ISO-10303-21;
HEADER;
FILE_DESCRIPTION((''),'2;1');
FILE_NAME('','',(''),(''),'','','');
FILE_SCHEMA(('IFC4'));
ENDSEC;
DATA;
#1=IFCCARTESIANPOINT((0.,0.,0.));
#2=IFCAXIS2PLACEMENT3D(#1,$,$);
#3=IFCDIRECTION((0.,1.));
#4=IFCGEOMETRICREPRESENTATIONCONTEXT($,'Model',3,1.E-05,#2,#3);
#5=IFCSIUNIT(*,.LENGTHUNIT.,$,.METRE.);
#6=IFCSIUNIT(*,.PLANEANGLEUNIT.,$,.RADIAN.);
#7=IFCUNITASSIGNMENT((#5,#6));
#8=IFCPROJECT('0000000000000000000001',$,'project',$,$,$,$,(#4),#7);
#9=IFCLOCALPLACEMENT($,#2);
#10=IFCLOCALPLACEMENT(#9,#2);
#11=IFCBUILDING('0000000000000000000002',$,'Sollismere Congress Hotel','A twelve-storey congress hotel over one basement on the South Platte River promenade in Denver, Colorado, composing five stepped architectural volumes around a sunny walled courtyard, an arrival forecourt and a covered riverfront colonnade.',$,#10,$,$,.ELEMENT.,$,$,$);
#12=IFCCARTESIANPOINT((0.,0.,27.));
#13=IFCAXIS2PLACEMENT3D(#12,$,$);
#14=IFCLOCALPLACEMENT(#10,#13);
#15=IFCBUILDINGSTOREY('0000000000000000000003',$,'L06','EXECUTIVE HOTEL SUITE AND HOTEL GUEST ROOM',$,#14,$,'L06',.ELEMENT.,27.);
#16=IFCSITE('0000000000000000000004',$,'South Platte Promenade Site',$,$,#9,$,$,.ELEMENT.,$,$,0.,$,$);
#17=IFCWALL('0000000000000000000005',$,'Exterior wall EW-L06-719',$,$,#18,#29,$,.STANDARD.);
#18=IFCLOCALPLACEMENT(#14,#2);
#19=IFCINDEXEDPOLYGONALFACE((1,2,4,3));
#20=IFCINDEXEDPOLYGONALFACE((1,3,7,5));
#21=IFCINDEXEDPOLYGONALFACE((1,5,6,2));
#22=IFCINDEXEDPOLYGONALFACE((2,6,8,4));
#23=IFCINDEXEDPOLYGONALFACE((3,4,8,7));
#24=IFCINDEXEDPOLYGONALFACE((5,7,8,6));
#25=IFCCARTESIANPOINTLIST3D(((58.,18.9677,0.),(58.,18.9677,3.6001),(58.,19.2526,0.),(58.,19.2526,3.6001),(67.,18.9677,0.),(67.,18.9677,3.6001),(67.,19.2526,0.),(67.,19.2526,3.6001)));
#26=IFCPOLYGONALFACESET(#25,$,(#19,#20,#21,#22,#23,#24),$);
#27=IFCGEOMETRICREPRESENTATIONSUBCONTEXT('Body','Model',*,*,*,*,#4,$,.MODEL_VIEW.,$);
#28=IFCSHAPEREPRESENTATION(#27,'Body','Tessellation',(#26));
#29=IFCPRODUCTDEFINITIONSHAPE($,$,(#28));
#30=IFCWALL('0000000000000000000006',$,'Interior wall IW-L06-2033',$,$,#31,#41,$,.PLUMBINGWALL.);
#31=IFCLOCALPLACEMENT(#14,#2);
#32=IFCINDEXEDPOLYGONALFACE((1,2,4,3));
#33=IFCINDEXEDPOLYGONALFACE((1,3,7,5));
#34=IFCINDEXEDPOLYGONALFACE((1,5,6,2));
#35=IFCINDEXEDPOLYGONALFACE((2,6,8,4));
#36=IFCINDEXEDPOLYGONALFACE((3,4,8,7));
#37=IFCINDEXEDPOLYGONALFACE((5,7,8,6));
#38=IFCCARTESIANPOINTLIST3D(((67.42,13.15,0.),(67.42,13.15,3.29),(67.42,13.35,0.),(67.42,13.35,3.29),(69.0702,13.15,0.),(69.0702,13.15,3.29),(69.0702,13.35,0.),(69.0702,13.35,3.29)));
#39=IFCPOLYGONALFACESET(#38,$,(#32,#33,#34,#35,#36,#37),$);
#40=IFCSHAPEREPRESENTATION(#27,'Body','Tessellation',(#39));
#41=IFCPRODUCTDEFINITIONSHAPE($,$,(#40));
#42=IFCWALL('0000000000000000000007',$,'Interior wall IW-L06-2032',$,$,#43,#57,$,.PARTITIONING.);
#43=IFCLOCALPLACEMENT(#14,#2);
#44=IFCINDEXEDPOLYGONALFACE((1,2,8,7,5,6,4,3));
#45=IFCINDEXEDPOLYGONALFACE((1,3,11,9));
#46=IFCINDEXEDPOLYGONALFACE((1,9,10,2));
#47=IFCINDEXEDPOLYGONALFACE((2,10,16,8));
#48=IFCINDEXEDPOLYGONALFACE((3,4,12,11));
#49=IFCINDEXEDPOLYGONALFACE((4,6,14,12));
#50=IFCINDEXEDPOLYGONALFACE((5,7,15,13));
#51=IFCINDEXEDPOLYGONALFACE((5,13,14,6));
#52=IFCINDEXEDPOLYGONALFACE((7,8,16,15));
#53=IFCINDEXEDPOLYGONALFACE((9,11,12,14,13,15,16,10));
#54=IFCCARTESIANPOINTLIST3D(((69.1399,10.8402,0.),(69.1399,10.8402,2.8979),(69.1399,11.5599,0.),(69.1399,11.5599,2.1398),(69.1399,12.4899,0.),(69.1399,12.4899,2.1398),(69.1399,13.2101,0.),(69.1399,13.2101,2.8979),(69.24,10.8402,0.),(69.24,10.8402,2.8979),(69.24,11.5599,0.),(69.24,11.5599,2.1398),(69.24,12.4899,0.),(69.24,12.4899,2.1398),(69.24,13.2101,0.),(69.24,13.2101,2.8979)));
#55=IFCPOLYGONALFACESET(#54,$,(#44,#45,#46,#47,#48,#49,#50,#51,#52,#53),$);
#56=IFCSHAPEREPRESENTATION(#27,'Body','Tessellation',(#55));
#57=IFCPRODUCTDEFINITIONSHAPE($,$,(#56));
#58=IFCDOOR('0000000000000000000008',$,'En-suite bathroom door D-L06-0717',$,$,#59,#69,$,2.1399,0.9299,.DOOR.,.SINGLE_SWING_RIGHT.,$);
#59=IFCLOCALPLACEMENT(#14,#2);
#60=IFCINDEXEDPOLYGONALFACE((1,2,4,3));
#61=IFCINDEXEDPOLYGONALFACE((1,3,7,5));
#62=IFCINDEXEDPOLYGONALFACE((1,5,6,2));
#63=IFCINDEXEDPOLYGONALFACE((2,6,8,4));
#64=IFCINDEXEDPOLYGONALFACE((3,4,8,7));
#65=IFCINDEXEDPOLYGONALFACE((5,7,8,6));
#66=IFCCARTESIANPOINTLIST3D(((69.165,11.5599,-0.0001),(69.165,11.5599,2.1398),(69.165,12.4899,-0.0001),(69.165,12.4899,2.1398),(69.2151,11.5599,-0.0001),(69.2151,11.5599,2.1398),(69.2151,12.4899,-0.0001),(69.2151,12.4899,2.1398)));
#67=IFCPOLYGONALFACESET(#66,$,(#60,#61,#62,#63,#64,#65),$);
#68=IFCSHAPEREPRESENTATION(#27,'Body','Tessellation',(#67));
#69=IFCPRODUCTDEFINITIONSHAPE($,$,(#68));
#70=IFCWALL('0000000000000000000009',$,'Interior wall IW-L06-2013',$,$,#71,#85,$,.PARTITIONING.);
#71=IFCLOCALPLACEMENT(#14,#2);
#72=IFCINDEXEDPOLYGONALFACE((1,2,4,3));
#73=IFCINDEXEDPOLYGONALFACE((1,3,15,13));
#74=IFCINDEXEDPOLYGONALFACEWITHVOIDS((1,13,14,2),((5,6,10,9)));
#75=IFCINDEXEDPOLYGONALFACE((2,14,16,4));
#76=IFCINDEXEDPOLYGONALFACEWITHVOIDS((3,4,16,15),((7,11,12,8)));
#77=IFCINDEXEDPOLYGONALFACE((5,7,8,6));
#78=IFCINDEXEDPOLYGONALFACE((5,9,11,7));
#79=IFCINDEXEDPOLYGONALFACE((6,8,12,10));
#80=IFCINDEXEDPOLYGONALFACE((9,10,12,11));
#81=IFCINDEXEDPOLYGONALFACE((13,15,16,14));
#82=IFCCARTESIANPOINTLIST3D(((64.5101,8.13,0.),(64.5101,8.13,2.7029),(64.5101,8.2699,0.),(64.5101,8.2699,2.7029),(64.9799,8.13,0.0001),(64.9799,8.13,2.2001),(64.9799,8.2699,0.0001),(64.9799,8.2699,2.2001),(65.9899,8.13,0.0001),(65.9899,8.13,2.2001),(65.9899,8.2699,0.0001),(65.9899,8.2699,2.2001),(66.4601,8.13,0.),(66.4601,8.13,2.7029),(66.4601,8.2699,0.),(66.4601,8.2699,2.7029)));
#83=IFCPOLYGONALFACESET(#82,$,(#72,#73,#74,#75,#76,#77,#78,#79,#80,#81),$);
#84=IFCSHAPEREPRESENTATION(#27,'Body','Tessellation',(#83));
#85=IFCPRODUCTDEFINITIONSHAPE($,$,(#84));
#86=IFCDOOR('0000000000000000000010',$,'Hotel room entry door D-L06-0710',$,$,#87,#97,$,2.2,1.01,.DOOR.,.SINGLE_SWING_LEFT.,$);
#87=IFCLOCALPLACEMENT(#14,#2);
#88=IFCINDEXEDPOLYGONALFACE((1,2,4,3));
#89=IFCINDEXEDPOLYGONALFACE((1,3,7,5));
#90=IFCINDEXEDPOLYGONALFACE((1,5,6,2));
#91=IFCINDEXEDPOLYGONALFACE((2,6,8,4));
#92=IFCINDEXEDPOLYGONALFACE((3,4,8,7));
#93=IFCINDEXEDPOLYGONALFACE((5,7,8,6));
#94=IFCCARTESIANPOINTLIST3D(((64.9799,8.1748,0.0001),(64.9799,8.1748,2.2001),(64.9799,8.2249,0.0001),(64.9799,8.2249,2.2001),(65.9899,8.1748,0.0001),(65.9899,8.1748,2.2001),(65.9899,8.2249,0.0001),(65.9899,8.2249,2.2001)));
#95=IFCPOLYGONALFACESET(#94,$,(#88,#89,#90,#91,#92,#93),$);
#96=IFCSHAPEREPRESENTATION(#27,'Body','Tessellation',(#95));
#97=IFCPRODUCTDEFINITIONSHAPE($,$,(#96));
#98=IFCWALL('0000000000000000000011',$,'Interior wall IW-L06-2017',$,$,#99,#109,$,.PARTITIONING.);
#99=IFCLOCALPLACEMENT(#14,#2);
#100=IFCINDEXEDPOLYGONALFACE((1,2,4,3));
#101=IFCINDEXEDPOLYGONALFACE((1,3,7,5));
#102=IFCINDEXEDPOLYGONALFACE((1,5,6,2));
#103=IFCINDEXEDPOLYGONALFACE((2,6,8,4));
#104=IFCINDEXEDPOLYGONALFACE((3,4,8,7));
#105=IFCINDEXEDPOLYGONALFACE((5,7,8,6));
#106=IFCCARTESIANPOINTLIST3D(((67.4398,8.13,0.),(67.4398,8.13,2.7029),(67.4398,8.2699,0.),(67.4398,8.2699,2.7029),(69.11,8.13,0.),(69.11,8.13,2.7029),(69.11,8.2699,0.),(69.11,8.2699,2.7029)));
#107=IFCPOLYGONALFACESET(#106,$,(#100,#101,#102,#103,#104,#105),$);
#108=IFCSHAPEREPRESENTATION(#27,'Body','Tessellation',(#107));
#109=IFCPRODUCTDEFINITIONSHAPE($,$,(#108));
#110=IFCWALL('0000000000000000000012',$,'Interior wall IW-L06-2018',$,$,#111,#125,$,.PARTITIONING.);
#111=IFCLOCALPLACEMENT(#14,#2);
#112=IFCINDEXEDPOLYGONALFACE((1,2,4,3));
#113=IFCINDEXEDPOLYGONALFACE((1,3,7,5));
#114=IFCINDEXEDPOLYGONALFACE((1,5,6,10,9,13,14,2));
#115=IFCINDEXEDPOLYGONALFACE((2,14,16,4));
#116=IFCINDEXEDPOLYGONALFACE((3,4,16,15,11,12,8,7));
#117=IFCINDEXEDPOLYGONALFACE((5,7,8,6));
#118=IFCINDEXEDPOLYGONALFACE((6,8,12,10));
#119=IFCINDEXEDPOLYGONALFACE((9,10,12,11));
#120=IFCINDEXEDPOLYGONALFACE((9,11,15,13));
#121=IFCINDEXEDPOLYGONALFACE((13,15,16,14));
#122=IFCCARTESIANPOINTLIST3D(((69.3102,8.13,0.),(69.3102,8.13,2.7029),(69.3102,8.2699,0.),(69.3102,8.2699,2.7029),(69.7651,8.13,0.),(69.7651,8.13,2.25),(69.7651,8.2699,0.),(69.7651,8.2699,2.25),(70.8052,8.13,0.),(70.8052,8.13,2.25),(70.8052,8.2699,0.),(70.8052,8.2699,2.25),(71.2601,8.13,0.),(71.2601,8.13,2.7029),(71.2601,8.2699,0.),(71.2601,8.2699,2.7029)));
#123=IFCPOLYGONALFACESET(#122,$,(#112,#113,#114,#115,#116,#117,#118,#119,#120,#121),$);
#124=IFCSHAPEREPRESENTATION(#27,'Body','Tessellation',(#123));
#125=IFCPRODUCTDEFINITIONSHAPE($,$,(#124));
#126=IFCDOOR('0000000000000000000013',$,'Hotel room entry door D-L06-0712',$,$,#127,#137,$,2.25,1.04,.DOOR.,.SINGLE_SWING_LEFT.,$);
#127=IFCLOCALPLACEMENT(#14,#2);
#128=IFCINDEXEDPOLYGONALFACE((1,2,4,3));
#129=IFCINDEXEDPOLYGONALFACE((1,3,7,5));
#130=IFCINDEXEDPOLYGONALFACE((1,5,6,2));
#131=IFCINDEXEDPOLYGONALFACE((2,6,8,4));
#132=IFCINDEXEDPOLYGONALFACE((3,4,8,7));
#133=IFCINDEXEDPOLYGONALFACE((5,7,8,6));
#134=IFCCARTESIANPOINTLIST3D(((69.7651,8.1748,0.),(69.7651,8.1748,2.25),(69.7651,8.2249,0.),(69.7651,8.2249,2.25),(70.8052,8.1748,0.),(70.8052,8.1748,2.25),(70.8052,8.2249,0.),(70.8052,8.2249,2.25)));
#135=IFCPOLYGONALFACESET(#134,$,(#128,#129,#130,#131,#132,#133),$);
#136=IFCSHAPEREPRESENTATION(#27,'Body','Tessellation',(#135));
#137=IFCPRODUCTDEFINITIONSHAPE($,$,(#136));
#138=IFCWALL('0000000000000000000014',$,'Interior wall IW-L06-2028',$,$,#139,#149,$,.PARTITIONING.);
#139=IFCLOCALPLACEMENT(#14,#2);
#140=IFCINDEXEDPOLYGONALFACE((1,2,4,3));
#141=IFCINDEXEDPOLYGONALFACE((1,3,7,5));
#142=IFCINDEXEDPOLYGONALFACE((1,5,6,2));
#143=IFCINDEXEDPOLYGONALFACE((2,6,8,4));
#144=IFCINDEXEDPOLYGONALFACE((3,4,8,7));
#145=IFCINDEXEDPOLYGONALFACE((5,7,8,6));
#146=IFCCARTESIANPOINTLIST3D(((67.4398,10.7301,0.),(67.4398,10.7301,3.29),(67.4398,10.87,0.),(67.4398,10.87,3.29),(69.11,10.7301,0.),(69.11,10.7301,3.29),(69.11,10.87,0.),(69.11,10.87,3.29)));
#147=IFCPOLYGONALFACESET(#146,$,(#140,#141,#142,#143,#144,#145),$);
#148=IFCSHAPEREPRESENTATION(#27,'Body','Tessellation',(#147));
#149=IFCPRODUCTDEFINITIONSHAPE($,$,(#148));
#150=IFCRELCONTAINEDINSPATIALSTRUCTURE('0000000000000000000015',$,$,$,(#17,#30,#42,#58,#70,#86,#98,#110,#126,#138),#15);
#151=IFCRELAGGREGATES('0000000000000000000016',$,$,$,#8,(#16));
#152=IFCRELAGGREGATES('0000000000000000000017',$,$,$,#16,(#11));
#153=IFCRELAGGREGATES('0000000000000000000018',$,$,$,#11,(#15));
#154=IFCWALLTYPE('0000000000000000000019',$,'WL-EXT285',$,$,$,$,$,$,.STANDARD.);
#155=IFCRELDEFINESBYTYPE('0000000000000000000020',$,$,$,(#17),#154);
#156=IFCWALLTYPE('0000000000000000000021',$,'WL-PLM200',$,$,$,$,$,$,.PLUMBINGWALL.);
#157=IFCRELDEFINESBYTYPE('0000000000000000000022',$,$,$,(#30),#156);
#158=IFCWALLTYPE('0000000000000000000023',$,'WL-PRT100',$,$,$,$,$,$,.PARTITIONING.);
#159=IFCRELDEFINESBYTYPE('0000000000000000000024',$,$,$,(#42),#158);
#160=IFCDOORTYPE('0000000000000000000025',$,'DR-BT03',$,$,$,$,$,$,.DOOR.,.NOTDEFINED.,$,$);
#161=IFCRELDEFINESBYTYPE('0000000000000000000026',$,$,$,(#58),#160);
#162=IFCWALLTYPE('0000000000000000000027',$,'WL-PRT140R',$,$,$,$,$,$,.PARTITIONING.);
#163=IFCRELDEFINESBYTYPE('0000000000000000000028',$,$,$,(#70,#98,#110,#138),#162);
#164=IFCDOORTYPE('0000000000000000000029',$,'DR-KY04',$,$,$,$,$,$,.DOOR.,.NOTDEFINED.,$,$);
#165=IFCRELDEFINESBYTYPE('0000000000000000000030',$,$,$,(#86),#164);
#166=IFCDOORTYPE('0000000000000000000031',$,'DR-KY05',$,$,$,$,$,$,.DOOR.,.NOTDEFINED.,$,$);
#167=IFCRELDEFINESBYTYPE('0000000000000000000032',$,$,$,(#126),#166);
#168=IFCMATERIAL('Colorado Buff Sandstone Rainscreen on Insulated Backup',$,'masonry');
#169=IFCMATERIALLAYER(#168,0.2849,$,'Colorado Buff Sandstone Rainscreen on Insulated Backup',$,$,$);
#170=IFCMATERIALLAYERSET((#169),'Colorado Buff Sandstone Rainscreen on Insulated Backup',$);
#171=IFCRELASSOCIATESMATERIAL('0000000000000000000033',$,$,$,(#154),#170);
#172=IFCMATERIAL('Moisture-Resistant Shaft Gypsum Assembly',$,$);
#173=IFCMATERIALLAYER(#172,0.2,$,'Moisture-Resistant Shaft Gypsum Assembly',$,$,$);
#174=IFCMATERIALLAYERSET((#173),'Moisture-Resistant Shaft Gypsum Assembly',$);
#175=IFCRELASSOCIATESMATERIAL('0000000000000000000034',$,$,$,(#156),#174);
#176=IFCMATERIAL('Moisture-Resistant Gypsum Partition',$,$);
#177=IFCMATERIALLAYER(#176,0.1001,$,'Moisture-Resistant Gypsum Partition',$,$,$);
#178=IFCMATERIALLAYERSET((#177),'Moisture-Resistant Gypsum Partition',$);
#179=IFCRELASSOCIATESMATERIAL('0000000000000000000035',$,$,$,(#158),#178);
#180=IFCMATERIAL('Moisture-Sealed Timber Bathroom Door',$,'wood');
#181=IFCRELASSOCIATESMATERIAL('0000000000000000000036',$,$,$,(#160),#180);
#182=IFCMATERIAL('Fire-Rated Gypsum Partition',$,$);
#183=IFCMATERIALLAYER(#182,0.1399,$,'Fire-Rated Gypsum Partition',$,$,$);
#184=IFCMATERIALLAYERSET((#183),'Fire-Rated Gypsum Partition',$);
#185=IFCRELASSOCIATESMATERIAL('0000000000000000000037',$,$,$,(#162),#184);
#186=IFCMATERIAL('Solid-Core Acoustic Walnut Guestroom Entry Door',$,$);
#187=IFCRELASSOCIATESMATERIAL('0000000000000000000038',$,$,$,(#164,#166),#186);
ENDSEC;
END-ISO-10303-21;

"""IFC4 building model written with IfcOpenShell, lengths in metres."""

from ifc_helpers import new_model, si_unit, direction, frame, frame_2d, origin, place, context, subcontext, project, spatial, rectangle, extrude, material, layer, layer_set, type_object, element, fill, save


model = new_model("IFC4")

# Units and contexts
model_context = context("Model", 3, precision=1e-05, world=origin(), true_north=direction((0.0, 1.0)))
body_context = subcontext(model_context, "Body", "Model", "MODEL_VIEW")
ifc_project = project(units=[si_unit("LENGTHUNIT", "METRE"), si_unit("PLANEANGLEUNIT", "RADIAN")], contexts=[model_context])

# Site, building, storey
site_placement = place(None, origin())
site = spatial("IfcSite", under=ifc_project, at=site_placement, Name="South Platte Promenade Site", CompositionType="ELEMENT", RefElevation=0.0)
building_placement = place(site_placement, origin())
building = spatial("IfcBuilding", under=site, at=building_placement, Name="Sollismere Congress Hotel", Description="A twelve-storey congress hotel over one basement on the South Platte River promenade in Denver, Colorado, composing five stepped architectural volumes around a sunny walled courtyard, an arrival forecourt and a covered riverfront colonnade.", CompositionType="ELEMENT")
storey_placement = place(building_placement, frame((0.0, 0.0, 27.0)))
storey = spatial("IfcBuildingStorey", under=building, at=storey_placement, Name="L06", Description="EXECUTIVE HOTEL SUITE AND HOTEL GUEST ROOM", LongName="L06", CompositionType="ELEMENT", Elevation=27.0)

# Walls
ifc_material_1 = material(Name="Colorado Buff Sandstone Rainscreen on Insulated Backup", Category="masonry")
ifc_layer_1 = layer(ifc_material_1, 0.2849, Name="Colorado Buff Sandstone Rainscreen on Insulated Backup")
ifc_layer_set_1 = layer_set([ifc_layer_1], Name="Colorado Buff Sandstone Rainscreen on Insulated Backup")
wall_type_1 = type_object("IfcWallType", Name="WL-EXT285", PredefinedType="STANDARD", material=ifc_layer_set_1)
wall_1_placement = place(storey_placement, frame((67.0, 19.1101, 0.0), z_axis=(0.0, 0.0, 1.0), x_axis=(-1.0, 0.0, 0.0)))
element("IfcWall", 1, at=wall_1_placement, inside=storey, type_object=wall_type_1, Name="Exterior wall EW-L06-719", PredefinedType="STANDARD", context=body_context, shape_type="SweptSolid", body=[
    extrude(rectangle(XDim=9.0, YDim=0.2849, at=frame_2d((4.5, 0.0))), origin(), (0.0, 0.0, 1.0), 3.6001),
])
ifc_material_2 = material(Name="Moisture-Resistant Shaft Gypsum Assembly")
ifc_layer_2 = layer(ifc_material_2, 0.2, Name="Moisture-Resistant Shaft Gypsum Assembly")
ifc_layer_set_2 = layer_set([ifc_layer_2], Name="Moisture-Resistant Shaft Gypsum Assembly")
wall_type_2 = type_object("IfcWallType", Name="WL-PLM200", PredefinedType="PLUMBINGWALL", material=ifc_layer_set_2)
wall_2_placement = place(storey_placement, frame((67.4199, 13.25, 0.0), z_axis=(0.0, 0.0, 1.0), x_axis=(1.0, 0.0, 0.0)))
element("IfcWall", 2, at=wall_2_placement, inside=storey, type_object=wall_type_2, Name="Interior wall IW-L06-2033", PredefinedType="PLUMBINGWALL", context=body_context, shape_type="SweptSolid", body=[
    extrude(rectangle(XDim=1.6501, YDim=0.2, at=frame_2d((0.8252, 0.0))), origin(), (0.0, 0.0, 1.0), 3.29),
])

# Walls, openings, doors
ifc_material_3 = material(Name="Moisture-Resistant Gypsum Partition")
ifc_layer_3 = layer(ifc_material_3, 0.1001, Name="Moisture-Resistant Gypsum Partition")
ifc_layer_set_3 = layer_set([ifc_layer_3], Name="Moisture-Resistant Gypsum Partition")
wall_type_3 = type_object("IfcWallType", Name="WL-PRT100", PredefinedType="PARTITIONING", material=ifc_layer_set_3)
wall_3_placement = place(storey_placement, frame((69.1899, 10.8401, 0.0), z_axis=(0.0, 0.0, 1.0), x_axis=(0.0, 1.0, 0.0)))
wall_3 = element("IfcWall", 3, at=wall_3_placement, inside=storey, type_object=wall_type_3, Name="Interior wall IW-L06-2032", PredefinedType="PARTITIONING", context=body_context, shape_type="SweptSolid", body=[
    extrude(rectangle(XDim=2.3699, YDim=0.1001, at=frame_2d((1.1851, 0.0))), origin(), (0.0, 0.0, 1.0), 2.8979),
])
opening_1_placement = place(wall_3_placement, frame((0.72, 0.0, 0.0)))
opening_1 = element("IfcOpeningElement", 4, at=opening_1_placement, cuts=wall_3, PredefinedType="OPENING", context=body_context, shape_type="SweptSolid", body=[
    extrude(rectangle(XDim=0.9299, YDim=2.1399, at=frame_2d((0.4648, 1.0698))), frame((0.0, 0.0601, 0.0), z_axis=(0.0, -1.0, 0.0), x_axis=(1.0, 0.0, 0.0)), (0.0, 0.0, 1.0), 0.1201),
])
ifc_material_4 = material(Name="Moisture-Sealed Timber Bathroom Door", Category="wood")
door_type_1 = type_object("IfcDoorType", Name="DR-BT03", OperationType="NOTDEFINED", PredefinedType="DOOR", material=ifc_material_4)
door_1_placement = place(opening_1_placement, origin())
door_1 = element("IfcDoor", 5, at=door_1_placement, inside=storey, type_object=door_type_1, Name="En-suite bathroom door D-L06-0717", OperationType="SINGLE_SWING_RIGHT", OverallHeight=2.1399, OverallWidth=0.9299, PredefinedType="DOOR", context=body_context, shape_type="SweptSolid", body=[
    extrude(rectangle(XDim=0.9299, YDim=2.1399, at=frame_2d((0.4648, 1.0698))), frame((0.0, 0.0249, 0.0), z_axis=(0.0, -1.0, 0.0), x_axis=(1.0, 0.0, 0.0)), (0.0, 0.0, 1.0), 0.05),
])
fill(opening_1, door_1)
ifc_material_5 = material(Name="Fire-Rated Gypsum Partition")
ifc_layer_4 = layer(ifc_material_5, 0.1399, Name="Fire-Rated Gypsum Partition")
ifc_layer_set_4 = layer_set([ifc_layer_4], Name="Fire-Rated Gypsum Partition")
wall_type_4 = type_object("IfcWallType", Name="WL-PRT140R", PredefinedType="PARTITIONING", material=ifc_layer_set_4)
wall_4_placement = place(storey_placement, frame((64.51, 8.2, 0.0), z_axis=(0.0, 0.0, 1.0), x_axis=(1.0, 0.0, 0.0)))
wall_4 = element("IfcWall", 6, at=wall_4_placement, inside=storey, type_object=wall_type_4, Name="Interior wall IW-L06-2013", PredefinedType="PARTITIONING", context=body_context, shape_type="SweptSolid", body=[
    extrude(rectangle(XDim=1.95, YDim=0.1399, at=frame_2d((0.9751, 0.0))), origin(), (0.0, 0.0, 1.0), 2.7029),
])
opening_2_placement = place(wall_4_placement, frame((0.47, 0.0, 0.0)))
opening_2 = element("IfcOpeningElement", 7, at=opening_2_placement, cuts=wall_4, PredefinedType="OPENING", context=body_context, shape_type="SweptSolid", body=[
    extrude(rectangle(XDim=1.01, YDim=2.2, at=frame_2d((0.5049, 1.1001))), frame((0.0, 0.0798, 0.0), z_axis=(0.0, -1.0, 0.0), x_axis=(1.0, 0.0, 0.0)), (0.0, 0.0, 1.0), 0.1599),
])
ifc_material_6 = material(Name="Solid-Core Acoustic Walnut Guestroom Entry Door")
door_type_2 = type_object("IfcDoorType", Name="DR-KY04", OperationType="NOTDEFINED", PredefinedType="DOOR", material=ifc_material_6)
door_2_placement = place(opening_2_placement, origin())
door_2 = element("IfcDoor", 8, at=door_2_placement, inside=storey, type_object=door_type_2, Name="Hotel room entry door D-L06-0710", OperationType="SINGLE_SWING_LEFT", OverallHeight=2.2, OverallWidth=1.01, PredefinedType="DOOR", context=body_context, shape_type="SweptSolid", body=[
    extrude(rectangle(XDim=1.01, YDim=2.2, at=frame_2d((0.5049, 1.1001))), frame((0.0, 0.0249, 0.0), z_axis=(0.0, -1.0, 0.0), x_axis=(1.0, 0.0, 0.0)), (0.0, 0.0, 1.0), 0.05),
])
fill(opening_2, door_2)

# Wall
wall_5_placement = place(storey_placement, frame((67.4399, 8.2, 0.0), z_axis=(0.0, 0.0, 1.0), x_axis=(1.0, 0.0, 0.0)))
element("IfcWall", 9, at=wall_5_placement, inside=storey, type_object=wall_type_4, Name="Interior wall IW-L06-2017", PredefinedType="PARTITIONING", context=body_context, shape_type="SweptSolid", body=[
    extrude(rectangle(XDim=1.6702, YDim=0.1399, at=frame_2d((0.835, 0.0))), origin(), (0.0, 0.0, 1.0), 2.7029),
])

# Wall, opening, door
wall_6_placement = place(storey_placement, frame((69.3101, 8.2, 0.0), z_axis=(0.0, 0.0, 1.0), x_axis=(1.0, 0.0, 0.0)))
wall_6 = element("IfcWall", 10, at=wall_6_placement, inside=storey, type_object=wall_type_4, Name="Interior wall IW-L06-2018", PredefinedType="PARTITIONING", context=body_context, shape_type="SweptSolid", body=[
    extrude(rectangle(XDim=1.95, YDim=0.1399, at=frame_2d((0.9751, 0.0))), origin(), (0.0, 0.0, 1.0), 2.7029),
])
opening_3_placement = place(wall_6_placement, frame((0.4551, 0.0, 0.0)))
opening_3 = element("IfcOpeningElement", 11, at=opening_3_placement, cuts=wall_6, PredefinedType="OPENING", context=body_context, shape_type="SweptSolid", body=[
    extrude(rectangle(XDim=1.04, YDim=2.25, at=frame_2d((0.52, 1.125))), frame((0.0, 0.0798, 0.0), z_axis=(0.0, -1.0, 0.0), x_axis=(1.0, 0.0, 0.0)), (0.0, 0.0, 1.0), 0.1599),
])
door_type_3 = type_object("IfcDoorType", Name="DR-KY05", OperationType="NOTDEFINED", PredefinedType="DOOR", material=ifc_material_6)
door_3_placement = place(opening_3_placement, origin())
door_3 = element("IfcDoor", 12, at=door_3_placement, inside=storey, type_object=door_type_3, Name="Hotel room entry door D-L06-0712", OperationType="SINGLE_SWING_LEFT", OverallHeight=2.25, OverallWidth=1.04, PredefinedType="DOOR", context=body_context, shape_type="SweptSolid", body=[
    extrude(rectangle(XDim=1.04, YDim=2.25, at=frame_2d((0.52, 1.125))), frame((0.0, 0.0249, 0.0), z_axis=(0.0, -1.0, 0.0), x_axis=(1.0, 0.0, 0.0)), (0.0, 0.0, 1.0), 0.05),
])
fill(opening_3, door_3)

# Wall
wall_7_placement = place(storey_placement, frame((67.4399, 10.8, 0.0), z_axis=(0.0, 0.0, 1.0), x_axis=(1.0, 0.0, 0.0)))
element("IfcWall", 13, at=wall_7_placement, inside=storey, type_object=wall_type_4, Name="Interior wall IW-L06-2028", PredefinedType="PARTITIONING", context=body_context, shape_type="SweptSolid", body=[
    extrude(rectangle(XDim=1.6702, YDim=0.1399, at=frame_2d((0.835, 0.0))), origin(), (0.0, 0.0, 1.0), 3.29),
])

save(model, "model.ifc")
